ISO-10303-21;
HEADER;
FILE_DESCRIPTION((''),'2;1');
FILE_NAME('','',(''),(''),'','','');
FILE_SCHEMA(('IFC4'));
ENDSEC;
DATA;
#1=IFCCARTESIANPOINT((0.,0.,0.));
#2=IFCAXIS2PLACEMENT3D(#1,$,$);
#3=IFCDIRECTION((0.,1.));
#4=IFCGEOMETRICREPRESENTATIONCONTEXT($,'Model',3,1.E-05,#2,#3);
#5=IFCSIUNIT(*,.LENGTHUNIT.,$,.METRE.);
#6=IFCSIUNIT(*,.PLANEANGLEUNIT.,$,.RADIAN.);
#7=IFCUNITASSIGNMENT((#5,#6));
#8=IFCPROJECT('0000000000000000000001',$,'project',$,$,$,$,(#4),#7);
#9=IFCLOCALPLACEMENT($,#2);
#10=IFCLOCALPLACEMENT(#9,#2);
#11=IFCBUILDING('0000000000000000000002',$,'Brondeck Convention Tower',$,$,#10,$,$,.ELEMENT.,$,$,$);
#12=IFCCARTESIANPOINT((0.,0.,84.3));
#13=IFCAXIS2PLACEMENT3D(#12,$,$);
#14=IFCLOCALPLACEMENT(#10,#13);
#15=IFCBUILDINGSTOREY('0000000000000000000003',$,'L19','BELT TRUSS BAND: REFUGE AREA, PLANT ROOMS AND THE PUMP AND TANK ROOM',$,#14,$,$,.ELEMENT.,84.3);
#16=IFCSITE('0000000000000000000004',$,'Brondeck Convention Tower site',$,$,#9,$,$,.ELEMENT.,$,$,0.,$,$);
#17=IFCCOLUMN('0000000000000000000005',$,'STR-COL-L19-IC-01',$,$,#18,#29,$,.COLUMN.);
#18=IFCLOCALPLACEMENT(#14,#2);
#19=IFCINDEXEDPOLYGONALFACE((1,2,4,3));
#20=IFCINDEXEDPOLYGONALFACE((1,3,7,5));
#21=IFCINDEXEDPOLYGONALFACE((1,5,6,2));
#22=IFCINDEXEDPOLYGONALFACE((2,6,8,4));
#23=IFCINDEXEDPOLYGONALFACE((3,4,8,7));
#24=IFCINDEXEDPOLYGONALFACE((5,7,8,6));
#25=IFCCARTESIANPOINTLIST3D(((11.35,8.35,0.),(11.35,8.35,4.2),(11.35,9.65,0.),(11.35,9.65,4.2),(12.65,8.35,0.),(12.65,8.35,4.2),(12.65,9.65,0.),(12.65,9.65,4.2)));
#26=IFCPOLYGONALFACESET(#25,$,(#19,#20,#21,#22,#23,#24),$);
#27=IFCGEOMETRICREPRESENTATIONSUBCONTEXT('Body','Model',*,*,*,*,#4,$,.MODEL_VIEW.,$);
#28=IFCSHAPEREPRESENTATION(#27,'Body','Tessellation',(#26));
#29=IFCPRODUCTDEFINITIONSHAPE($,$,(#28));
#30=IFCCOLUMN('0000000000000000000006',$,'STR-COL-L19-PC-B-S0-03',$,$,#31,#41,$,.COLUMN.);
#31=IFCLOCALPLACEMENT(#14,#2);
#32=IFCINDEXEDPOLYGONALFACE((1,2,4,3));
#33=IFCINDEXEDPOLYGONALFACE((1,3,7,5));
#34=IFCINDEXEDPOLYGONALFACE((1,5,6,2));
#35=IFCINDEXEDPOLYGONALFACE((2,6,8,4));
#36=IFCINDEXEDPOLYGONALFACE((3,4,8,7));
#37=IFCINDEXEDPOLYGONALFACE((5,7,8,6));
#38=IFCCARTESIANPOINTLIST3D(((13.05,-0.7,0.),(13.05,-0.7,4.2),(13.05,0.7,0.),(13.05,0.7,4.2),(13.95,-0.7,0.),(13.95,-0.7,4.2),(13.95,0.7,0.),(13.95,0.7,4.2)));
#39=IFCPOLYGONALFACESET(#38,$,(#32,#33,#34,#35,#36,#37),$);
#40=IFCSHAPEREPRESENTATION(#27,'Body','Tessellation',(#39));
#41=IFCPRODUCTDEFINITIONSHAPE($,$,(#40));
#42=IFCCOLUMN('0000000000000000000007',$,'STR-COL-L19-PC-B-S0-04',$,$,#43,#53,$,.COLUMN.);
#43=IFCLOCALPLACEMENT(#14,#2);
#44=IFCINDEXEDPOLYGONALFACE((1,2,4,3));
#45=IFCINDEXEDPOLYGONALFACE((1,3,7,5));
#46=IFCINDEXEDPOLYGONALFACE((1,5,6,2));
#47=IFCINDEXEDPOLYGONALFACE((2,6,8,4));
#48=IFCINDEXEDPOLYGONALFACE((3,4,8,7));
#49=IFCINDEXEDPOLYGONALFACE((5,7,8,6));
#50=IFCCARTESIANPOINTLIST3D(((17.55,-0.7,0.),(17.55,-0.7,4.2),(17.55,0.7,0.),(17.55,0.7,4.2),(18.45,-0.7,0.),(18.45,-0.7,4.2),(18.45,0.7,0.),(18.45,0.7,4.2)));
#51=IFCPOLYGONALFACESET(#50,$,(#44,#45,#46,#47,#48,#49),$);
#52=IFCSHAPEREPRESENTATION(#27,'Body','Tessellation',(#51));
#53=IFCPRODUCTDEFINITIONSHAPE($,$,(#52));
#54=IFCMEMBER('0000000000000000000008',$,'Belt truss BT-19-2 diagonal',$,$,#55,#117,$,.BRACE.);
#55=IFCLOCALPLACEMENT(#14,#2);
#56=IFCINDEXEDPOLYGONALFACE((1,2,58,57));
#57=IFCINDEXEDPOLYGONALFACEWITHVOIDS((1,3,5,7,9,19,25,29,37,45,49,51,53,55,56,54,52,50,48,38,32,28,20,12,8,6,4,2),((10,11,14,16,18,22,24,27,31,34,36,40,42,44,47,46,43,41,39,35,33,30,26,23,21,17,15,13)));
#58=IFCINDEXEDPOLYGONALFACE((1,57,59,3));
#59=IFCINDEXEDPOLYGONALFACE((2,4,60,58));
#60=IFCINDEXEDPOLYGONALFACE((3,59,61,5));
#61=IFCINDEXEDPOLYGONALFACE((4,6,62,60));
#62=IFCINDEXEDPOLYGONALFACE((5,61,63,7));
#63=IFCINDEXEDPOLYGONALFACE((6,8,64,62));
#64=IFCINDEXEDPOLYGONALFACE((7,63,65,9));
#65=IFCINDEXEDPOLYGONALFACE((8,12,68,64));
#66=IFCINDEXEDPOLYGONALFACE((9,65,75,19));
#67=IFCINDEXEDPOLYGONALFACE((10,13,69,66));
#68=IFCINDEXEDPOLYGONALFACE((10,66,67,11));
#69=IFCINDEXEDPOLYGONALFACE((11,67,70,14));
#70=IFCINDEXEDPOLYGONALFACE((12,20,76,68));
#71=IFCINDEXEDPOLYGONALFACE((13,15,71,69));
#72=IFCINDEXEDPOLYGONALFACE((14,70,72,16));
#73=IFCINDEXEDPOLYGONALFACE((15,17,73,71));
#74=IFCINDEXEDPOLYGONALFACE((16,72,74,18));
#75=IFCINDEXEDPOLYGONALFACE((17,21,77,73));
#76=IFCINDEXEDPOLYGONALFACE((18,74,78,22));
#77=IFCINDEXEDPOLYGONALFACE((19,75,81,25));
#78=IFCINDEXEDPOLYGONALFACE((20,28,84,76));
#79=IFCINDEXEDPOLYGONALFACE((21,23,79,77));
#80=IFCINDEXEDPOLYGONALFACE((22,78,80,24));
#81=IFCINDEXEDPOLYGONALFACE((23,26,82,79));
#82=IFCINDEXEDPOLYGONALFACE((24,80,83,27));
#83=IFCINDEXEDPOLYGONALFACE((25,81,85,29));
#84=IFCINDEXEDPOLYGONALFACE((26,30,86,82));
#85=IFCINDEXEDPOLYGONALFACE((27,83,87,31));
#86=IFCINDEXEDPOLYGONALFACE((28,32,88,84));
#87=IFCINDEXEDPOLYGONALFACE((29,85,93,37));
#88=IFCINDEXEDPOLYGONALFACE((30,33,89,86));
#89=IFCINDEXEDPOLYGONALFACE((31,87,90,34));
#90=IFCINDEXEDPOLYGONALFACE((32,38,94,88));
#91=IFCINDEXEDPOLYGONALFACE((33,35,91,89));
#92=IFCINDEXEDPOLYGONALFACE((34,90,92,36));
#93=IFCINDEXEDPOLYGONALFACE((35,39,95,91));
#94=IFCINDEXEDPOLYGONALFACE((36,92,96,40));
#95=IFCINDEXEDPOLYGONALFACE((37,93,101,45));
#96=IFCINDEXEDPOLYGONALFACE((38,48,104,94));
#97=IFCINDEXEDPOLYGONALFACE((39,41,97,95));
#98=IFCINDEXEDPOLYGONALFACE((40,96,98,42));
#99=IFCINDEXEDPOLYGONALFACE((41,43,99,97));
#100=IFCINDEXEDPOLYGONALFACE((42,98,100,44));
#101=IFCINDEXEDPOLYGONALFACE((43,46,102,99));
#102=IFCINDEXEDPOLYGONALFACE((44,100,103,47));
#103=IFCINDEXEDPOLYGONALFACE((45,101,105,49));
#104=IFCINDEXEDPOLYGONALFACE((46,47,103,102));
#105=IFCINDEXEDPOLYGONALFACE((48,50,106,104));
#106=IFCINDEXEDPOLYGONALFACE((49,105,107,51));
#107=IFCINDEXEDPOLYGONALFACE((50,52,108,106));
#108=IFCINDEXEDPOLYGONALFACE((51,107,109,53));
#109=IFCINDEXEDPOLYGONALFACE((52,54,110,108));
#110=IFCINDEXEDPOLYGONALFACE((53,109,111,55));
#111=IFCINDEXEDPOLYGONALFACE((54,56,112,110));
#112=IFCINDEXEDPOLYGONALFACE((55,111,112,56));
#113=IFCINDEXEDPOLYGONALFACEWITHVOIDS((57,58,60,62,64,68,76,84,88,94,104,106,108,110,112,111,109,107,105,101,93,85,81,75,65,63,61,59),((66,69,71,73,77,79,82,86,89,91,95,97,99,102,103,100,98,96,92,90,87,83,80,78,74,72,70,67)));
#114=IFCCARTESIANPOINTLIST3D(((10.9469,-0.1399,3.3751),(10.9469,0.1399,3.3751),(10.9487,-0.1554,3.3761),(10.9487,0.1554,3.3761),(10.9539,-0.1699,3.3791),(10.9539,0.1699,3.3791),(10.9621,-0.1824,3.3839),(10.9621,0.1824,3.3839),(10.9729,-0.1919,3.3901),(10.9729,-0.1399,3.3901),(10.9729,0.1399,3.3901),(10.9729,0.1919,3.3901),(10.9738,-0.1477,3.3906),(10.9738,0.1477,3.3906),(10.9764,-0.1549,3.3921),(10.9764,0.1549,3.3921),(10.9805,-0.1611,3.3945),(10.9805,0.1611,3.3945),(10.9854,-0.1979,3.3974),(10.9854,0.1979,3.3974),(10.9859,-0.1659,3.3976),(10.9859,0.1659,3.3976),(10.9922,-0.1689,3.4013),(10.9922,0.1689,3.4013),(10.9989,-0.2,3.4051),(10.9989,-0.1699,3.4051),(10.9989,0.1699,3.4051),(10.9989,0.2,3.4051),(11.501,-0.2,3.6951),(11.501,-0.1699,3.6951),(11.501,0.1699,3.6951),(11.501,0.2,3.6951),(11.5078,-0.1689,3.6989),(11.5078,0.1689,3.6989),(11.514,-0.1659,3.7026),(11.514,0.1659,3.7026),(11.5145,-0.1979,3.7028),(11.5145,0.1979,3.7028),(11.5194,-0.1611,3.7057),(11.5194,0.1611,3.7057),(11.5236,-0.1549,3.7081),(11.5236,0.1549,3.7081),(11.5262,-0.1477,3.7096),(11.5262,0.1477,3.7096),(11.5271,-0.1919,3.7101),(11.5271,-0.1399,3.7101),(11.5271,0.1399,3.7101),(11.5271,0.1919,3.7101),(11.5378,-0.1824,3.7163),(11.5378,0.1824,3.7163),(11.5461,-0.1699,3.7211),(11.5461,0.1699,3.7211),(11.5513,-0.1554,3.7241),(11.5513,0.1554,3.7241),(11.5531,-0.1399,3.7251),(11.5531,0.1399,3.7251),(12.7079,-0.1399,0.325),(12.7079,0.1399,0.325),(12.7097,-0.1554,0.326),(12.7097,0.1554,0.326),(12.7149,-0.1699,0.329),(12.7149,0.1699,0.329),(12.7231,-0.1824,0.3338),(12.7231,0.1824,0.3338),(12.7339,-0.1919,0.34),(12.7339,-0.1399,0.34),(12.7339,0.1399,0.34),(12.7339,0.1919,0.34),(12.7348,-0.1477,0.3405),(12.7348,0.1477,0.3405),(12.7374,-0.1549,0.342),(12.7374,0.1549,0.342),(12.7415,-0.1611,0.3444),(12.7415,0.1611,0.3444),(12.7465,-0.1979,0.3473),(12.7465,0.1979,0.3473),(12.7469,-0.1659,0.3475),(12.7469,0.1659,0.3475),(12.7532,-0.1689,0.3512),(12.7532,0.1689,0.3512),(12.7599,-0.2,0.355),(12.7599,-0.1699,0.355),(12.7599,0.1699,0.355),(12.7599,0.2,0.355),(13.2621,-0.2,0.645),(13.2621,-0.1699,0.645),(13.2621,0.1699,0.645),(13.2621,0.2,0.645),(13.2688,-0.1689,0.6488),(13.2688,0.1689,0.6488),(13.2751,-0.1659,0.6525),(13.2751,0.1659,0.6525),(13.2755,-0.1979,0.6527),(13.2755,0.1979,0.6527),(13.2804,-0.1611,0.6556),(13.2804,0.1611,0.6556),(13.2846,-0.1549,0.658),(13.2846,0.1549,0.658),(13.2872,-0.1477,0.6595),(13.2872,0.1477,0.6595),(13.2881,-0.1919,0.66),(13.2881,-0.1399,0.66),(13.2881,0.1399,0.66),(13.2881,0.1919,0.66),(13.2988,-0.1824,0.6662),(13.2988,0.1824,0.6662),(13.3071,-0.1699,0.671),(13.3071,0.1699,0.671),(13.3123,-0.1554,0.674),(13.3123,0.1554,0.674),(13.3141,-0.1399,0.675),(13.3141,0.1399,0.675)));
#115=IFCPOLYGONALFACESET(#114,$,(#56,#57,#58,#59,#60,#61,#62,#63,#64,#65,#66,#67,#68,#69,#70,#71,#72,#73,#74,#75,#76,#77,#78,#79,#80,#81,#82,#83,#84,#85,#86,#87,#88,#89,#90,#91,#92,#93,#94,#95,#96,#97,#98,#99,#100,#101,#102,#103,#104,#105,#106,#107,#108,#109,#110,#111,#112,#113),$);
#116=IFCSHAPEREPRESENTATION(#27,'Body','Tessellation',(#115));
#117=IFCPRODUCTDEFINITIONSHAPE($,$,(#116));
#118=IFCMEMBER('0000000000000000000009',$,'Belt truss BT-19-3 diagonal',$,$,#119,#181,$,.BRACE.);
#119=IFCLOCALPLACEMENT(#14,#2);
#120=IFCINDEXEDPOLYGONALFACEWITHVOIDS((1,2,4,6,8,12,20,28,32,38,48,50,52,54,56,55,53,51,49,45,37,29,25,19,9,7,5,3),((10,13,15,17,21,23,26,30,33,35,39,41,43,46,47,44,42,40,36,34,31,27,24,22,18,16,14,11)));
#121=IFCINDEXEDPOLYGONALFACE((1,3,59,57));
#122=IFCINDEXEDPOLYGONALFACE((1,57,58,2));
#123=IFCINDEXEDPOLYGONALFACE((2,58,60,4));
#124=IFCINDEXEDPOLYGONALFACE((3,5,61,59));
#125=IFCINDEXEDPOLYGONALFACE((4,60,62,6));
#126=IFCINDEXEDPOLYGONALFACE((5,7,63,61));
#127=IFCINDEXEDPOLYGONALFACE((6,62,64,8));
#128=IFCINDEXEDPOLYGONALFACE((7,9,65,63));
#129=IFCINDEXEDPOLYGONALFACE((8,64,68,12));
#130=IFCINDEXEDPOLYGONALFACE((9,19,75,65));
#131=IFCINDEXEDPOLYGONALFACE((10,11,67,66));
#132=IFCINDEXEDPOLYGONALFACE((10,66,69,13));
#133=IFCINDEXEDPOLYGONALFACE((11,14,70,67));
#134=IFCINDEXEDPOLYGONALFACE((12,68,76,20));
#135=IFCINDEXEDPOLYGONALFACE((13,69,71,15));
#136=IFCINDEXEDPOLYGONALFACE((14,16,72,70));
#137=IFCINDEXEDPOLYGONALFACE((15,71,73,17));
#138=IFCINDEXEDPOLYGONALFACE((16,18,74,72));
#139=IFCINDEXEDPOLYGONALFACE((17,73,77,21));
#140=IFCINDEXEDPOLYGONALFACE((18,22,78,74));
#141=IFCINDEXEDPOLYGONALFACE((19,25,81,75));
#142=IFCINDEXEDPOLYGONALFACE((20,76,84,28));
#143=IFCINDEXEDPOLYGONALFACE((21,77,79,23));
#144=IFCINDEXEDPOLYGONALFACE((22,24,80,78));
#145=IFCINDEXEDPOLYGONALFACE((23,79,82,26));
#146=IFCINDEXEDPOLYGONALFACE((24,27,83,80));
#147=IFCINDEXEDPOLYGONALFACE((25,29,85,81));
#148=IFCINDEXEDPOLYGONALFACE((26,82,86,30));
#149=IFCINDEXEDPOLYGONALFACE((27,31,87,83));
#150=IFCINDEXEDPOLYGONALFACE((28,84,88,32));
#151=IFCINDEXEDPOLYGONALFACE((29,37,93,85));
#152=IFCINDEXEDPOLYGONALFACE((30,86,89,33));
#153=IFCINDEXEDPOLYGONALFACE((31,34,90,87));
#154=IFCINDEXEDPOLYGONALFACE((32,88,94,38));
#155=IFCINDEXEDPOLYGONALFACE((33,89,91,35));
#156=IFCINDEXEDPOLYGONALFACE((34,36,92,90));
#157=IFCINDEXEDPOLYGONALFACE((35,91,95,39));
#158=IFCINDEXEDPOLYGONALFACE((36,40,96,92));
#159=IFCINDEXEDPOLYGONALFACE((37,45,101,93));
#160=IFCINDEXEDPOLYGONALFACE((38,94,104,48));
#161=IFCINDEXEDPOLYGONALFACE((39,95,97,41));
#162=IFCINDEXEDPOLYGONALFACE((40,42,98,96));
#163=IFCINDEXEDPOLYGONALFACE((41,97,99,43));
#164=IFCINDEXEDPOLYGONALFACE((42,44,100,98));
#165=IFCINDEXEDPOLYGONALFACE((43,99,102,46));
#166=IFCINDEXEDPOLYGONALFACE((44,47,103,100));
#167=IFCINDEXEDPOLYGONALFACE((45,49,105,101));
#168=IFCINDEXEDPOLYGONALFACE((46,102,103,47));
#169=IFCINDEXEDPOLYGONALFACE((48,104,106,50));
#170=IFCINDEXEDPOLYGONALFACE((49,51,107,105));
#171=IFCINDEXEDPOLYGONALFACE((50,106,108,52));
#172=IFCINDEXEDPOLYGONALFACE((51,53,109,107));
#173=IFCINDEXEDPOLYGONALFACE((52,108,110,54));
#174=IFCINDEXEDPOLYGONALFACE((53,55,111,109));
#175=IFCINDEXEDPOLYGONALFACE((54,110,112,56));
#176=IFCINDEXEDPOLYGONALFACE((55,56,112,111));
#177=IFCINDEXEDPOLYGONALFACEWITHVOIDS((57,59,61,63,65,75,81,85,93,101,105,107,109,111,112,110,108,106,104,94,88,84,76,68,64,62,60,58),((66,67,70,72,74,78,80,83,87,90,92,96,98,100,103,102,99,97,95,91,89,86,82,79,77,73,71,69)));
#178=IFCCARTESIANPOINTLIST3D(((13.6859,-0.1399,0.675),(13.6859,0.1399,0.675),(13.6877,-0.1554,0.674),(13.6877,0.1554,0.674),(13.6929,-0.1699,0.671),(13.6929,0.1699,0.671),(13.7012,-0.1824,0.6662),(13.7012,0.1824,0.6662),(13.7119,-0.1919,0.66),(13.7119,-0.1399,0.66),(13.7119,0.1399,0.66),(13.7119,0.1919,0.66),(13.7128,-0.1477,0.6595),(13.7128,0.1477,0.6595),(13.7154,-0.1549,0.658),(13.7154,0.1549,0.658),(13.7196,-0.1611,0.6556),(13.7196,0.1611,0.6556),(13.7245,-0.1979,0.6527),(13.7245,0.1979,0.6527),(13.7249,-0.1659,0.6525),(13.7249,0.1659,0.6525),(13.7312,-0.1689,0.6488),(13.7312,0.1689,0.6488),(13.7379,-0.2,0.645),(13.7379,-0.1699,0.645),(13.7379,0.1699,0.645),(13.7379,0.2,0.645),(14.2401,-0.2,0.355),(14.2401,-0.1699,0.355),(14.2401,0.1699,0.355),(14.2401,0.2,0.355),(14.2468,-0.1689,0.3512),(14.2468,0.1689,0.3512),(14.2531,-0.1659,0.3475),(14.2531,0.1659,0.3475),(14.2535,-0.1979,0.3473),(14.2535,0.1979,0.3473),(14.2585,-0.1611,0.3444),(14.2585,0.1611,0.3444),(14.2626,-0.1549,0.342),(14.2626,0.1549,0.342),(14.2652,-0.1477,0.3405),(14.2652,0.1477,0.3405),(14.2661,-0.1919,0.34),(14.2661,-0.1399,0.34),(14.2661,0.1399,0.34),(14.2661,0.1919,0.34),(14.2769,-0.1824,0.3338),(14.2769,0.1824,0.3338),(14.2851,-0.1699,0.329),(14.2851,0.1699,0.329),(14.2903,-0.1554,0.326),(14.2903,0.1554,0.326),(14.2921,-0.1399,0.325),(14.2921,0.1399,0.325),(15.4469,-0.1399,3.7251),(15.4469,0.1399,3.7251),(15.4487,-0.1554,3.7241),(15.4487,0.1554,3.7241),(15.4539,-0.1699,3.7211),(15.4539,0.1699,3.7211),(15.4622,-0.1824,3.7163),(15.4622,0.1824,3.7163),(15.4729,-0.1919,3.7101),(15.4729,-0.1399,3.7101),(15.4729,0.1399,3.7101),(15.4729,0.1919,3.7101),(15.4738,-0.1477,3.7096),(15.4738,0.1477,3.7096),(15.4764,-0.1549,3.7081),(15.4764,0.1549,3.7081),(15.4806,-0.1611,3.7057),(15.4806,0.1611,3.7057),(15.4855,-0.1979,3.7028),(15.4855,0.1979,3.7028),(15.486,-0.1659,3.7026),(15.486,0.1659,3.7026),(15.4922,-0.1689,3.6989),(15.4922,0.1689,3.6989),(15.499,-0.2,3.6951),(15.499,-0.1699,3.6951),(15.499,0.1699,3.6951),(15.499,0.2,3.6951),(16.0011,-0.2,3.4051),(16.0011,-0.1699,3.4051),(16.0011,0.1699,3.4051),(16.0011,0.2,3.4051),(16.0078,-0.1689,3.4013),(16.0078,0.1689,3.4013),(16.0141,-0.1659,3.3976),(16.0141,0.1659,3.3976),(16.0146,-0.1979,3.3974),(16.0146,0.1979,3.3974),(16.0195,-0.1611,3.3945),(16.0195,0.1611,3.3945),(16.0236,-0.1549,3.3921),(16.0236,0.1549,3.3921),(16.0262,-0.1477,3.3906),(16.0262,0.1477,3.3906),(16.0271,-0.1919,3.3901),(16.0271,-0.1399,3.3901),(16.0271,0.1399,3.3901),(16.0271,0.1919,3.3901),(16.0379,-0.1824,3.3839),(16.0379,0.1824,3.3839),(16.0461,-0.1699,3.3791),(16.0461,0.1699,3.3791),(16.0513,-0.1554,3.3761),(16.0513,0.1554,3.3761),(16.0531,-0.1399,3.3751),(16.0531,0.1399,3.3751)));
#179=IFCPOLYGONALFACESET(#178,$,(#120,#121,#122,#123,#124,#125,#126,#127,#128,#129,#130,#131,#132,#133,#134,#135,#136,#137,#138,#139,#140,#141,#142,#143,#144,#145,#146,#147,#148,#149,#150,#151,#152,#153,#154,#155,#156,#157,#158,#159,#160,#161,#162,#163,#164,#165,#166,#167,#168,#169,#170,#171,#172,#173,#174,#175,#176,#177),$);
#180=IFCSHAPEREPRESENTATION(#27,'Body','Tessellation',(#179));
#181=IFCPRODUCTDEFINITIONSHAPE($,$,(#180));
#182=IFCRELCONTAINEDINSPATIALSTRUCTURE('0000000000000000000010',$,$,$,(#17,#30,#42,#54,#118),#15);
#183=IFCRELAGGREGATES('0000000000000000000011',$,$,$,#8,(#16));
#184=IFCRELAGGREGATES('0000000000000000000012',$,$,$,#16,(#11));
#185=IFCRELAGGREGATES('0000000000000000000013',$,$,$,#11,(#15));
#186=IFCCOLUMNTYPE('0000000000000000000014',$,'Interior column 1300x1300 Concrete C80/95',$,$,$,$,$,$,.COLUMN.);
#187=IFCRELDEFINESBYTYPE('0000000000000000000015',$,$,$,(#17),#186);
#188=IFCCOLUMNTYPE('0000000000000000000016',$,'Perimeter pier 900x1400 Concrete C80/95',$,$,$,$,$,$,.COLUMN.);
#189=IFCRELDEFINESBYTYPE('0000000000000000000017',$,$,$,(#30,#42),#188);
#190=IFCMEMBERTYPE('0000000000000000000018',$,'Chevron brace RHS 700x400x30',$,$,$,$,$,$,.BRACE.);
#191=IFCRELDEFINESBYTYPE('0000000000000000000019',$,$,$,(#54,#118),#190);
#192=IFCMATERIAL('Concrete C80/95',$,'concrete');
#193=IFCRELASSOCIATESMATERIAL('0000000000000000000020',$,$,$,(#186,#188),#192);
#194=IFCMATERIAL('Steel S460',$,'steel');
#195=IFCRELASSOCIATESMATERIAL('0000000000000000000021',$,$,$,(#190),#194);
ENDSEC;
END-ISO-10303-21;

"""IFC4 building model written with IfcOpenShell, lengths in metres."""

from ifc_helpers import new_model, si_unit, direction, frame, origin, origin_2d, place, context, subcontext, project, spatial, rectangle, hollow_rectangle, extrude, material, material_profile, profile_set, type_object, element, save


model = new_model("IFC4")

# Units and contexts
model_context = context("Model", 3, precision=1e-05, world=origin(), true_north=direction((0.0, 1.0)))
body_context = subcontext(model_context, "Body", "Model", "MODEL_VIEW")
ifc_project = project(units=[si_unit("LENGTHUNIT", "METRE"), si_unit("PLANEANGLEUNIT", "RADIAN")], contexts=[model_context])

# Site, building, storey
site_placement = place(None, origin())
site = spatial("IfcSite", under=ifc_project, at=site_placement, Name="Brondeck Convention Tower site", CompositionType="ELEMENT", RefElevation=0.0)
building_placement = place(site_placement, origin())
building = spatial("IfcBuilding", under=site, at=building_placement, Name="Brondeck Convention Tower", CompositionType="ELEMENT")
storey_placement = place(building_placement, frame((0.0, 0.0, 84.3)))
storey = spatial("IfcBuildingStorey", under=building, at=storey_placement, Name="L19", Description="BELT TRUSS BAND: REFUGE AREA, PLANT ROOMS AND THE PUMP AND TANK ROOM", CompositionType="ELEMENT", Elevation=84.3)

# Columns
ifc_material_1 = material(Name="Concrete C80/95", Category="concrete")
ifc_material_profile_1 = material_profile(ifc_material_1, rectangle(XDim=1.3, YDim=1.3, at=origin_2d()), Name="Interior column 1300x1300 Concrete C80/95")
ifc_profile_set_1 = profile_set([ifc_material_profile_1], Name="Concrete C80/95")
column_type_1 = type_object("IfcColumnType", Name="Interior column 1300x1300 Concrete C80/95", PredefinedType="COLUMN", material=ifc_profile_set_1)
column_placement = place(storey_placement, frame((12.0, 9.0, 0.0), z_axis=(0.0, 0.0, 1.0), x_axis=(1.0, 0.0, 0.0)))
element("IfcColumn", 1, at=column_placement, inside=storey, type_object=column_type_1, Name="STR-COL-L19-IC-01", PredefinedType="COLUMN", context=body_context, shape_type="SweptSolid", body=[
    extrude(rectangle(XDim=1.3, YDim=1.3, at=origin_2d()), origin(), (0.0, 0.0, 1.0), 4.2),
])
ifc_material_profile_2 = material_profile(ifc_material_1, rectangle(XDim=0.8999, YDim=1.3999, at=origin_2d()), Name="Perimeter pier 900x1400 Concrete C80/95")
ifc_profile_set_2 = profile_set([ifc_material_profile_2], Name="Concrete C80/95")
column_type_2 = type_object("IfcColumnType", Name="Perimeter pier 900x1400 Concrete C80/95", PredefinedType="COLUMN", material=ifc_profile_set_2)
for number, where, z_axis, x_axis, name in (
    (2, (13.5, 0.0, 0.0), (0.0, 0.0, 1.0), (1.0, 0.0, 0.0), "STR-COL-L19-PC-B-S0-03"),
    (3, (18.0, 0.0, 0.0), (0.0, 0.0, 1.0), (1.0, 0.0, 0.0), "STR-COL-L19-PC-B-S0-04"),
):
    element("IfcColumn", number, at=place(storey_placement, frame(where, z_axis=z_axis, x_axis=x_axis)), inside=storey, type_object=column_type_2, Name=name, PredefinedType="COLUMN", context=body_context, shape_type="SweptSolid", body=[
        extrude(rectangle(XDim=0.8999, YDim=1.3999, at=origin_2d()), origin(), (0.0, 0.0, 1.0), 4.2),
    ])

# Members
ifc_material_2 = material(Name="Steel S460", Category="steel")
ifc_material_profile_3 = material_profile(ifc_material_2, hollow_rectangle(XDim=0.3999, YDim=0.7, WallThickness=0.03, InnerFilletRadius=0.03, OuterFilletRadius=0.0601, at=origin_2d()), Name="RHS 700x400x30")
ifc_profile_set_3 = profile_set([ifc_material_profile_3], Name="Steel S460")
member_type_1 = type_object("IfcMemberType", Name="Chevron brace RHS 700x400x30", PredefinedType="BRACE", material=ifc_profile_set_3)
for number, where, z_axis, x_axis, name in (
    (4, (13.011, 0.0, 0.5), (-0.500008, 0.0, 0.866021), (0.0, -1.0, 0.0), "Belt truss BT-19-2 diagonal"),
    (5, (13.989, 0.0, 0.5), (0.500008, 0.0, 0.866021), (0.0, 1.0, 0.0), "Belt truss BT-19-3 diagonal"),
):
    element("IfcMember", number, at=place(storey_placement, frame(where, z_axis=z_axis, x_axis=x_axis)), inside=storey, type_object=member_type_1, Name=name, PredefinedType="BRACE", context=body_context, shape_type="SweptSolid", body=[
        extrude(hollow_rectangle(XDim=0.3999, YDim=0.7, WallThickness=0.03, InnerFilletRadius=0.03, OuterFilletRadius=0.0601, at=origin_2d()), origin(), (0.0, 0.0, 1.0), 3.522),
    ])

save(model, "model.ifc")
